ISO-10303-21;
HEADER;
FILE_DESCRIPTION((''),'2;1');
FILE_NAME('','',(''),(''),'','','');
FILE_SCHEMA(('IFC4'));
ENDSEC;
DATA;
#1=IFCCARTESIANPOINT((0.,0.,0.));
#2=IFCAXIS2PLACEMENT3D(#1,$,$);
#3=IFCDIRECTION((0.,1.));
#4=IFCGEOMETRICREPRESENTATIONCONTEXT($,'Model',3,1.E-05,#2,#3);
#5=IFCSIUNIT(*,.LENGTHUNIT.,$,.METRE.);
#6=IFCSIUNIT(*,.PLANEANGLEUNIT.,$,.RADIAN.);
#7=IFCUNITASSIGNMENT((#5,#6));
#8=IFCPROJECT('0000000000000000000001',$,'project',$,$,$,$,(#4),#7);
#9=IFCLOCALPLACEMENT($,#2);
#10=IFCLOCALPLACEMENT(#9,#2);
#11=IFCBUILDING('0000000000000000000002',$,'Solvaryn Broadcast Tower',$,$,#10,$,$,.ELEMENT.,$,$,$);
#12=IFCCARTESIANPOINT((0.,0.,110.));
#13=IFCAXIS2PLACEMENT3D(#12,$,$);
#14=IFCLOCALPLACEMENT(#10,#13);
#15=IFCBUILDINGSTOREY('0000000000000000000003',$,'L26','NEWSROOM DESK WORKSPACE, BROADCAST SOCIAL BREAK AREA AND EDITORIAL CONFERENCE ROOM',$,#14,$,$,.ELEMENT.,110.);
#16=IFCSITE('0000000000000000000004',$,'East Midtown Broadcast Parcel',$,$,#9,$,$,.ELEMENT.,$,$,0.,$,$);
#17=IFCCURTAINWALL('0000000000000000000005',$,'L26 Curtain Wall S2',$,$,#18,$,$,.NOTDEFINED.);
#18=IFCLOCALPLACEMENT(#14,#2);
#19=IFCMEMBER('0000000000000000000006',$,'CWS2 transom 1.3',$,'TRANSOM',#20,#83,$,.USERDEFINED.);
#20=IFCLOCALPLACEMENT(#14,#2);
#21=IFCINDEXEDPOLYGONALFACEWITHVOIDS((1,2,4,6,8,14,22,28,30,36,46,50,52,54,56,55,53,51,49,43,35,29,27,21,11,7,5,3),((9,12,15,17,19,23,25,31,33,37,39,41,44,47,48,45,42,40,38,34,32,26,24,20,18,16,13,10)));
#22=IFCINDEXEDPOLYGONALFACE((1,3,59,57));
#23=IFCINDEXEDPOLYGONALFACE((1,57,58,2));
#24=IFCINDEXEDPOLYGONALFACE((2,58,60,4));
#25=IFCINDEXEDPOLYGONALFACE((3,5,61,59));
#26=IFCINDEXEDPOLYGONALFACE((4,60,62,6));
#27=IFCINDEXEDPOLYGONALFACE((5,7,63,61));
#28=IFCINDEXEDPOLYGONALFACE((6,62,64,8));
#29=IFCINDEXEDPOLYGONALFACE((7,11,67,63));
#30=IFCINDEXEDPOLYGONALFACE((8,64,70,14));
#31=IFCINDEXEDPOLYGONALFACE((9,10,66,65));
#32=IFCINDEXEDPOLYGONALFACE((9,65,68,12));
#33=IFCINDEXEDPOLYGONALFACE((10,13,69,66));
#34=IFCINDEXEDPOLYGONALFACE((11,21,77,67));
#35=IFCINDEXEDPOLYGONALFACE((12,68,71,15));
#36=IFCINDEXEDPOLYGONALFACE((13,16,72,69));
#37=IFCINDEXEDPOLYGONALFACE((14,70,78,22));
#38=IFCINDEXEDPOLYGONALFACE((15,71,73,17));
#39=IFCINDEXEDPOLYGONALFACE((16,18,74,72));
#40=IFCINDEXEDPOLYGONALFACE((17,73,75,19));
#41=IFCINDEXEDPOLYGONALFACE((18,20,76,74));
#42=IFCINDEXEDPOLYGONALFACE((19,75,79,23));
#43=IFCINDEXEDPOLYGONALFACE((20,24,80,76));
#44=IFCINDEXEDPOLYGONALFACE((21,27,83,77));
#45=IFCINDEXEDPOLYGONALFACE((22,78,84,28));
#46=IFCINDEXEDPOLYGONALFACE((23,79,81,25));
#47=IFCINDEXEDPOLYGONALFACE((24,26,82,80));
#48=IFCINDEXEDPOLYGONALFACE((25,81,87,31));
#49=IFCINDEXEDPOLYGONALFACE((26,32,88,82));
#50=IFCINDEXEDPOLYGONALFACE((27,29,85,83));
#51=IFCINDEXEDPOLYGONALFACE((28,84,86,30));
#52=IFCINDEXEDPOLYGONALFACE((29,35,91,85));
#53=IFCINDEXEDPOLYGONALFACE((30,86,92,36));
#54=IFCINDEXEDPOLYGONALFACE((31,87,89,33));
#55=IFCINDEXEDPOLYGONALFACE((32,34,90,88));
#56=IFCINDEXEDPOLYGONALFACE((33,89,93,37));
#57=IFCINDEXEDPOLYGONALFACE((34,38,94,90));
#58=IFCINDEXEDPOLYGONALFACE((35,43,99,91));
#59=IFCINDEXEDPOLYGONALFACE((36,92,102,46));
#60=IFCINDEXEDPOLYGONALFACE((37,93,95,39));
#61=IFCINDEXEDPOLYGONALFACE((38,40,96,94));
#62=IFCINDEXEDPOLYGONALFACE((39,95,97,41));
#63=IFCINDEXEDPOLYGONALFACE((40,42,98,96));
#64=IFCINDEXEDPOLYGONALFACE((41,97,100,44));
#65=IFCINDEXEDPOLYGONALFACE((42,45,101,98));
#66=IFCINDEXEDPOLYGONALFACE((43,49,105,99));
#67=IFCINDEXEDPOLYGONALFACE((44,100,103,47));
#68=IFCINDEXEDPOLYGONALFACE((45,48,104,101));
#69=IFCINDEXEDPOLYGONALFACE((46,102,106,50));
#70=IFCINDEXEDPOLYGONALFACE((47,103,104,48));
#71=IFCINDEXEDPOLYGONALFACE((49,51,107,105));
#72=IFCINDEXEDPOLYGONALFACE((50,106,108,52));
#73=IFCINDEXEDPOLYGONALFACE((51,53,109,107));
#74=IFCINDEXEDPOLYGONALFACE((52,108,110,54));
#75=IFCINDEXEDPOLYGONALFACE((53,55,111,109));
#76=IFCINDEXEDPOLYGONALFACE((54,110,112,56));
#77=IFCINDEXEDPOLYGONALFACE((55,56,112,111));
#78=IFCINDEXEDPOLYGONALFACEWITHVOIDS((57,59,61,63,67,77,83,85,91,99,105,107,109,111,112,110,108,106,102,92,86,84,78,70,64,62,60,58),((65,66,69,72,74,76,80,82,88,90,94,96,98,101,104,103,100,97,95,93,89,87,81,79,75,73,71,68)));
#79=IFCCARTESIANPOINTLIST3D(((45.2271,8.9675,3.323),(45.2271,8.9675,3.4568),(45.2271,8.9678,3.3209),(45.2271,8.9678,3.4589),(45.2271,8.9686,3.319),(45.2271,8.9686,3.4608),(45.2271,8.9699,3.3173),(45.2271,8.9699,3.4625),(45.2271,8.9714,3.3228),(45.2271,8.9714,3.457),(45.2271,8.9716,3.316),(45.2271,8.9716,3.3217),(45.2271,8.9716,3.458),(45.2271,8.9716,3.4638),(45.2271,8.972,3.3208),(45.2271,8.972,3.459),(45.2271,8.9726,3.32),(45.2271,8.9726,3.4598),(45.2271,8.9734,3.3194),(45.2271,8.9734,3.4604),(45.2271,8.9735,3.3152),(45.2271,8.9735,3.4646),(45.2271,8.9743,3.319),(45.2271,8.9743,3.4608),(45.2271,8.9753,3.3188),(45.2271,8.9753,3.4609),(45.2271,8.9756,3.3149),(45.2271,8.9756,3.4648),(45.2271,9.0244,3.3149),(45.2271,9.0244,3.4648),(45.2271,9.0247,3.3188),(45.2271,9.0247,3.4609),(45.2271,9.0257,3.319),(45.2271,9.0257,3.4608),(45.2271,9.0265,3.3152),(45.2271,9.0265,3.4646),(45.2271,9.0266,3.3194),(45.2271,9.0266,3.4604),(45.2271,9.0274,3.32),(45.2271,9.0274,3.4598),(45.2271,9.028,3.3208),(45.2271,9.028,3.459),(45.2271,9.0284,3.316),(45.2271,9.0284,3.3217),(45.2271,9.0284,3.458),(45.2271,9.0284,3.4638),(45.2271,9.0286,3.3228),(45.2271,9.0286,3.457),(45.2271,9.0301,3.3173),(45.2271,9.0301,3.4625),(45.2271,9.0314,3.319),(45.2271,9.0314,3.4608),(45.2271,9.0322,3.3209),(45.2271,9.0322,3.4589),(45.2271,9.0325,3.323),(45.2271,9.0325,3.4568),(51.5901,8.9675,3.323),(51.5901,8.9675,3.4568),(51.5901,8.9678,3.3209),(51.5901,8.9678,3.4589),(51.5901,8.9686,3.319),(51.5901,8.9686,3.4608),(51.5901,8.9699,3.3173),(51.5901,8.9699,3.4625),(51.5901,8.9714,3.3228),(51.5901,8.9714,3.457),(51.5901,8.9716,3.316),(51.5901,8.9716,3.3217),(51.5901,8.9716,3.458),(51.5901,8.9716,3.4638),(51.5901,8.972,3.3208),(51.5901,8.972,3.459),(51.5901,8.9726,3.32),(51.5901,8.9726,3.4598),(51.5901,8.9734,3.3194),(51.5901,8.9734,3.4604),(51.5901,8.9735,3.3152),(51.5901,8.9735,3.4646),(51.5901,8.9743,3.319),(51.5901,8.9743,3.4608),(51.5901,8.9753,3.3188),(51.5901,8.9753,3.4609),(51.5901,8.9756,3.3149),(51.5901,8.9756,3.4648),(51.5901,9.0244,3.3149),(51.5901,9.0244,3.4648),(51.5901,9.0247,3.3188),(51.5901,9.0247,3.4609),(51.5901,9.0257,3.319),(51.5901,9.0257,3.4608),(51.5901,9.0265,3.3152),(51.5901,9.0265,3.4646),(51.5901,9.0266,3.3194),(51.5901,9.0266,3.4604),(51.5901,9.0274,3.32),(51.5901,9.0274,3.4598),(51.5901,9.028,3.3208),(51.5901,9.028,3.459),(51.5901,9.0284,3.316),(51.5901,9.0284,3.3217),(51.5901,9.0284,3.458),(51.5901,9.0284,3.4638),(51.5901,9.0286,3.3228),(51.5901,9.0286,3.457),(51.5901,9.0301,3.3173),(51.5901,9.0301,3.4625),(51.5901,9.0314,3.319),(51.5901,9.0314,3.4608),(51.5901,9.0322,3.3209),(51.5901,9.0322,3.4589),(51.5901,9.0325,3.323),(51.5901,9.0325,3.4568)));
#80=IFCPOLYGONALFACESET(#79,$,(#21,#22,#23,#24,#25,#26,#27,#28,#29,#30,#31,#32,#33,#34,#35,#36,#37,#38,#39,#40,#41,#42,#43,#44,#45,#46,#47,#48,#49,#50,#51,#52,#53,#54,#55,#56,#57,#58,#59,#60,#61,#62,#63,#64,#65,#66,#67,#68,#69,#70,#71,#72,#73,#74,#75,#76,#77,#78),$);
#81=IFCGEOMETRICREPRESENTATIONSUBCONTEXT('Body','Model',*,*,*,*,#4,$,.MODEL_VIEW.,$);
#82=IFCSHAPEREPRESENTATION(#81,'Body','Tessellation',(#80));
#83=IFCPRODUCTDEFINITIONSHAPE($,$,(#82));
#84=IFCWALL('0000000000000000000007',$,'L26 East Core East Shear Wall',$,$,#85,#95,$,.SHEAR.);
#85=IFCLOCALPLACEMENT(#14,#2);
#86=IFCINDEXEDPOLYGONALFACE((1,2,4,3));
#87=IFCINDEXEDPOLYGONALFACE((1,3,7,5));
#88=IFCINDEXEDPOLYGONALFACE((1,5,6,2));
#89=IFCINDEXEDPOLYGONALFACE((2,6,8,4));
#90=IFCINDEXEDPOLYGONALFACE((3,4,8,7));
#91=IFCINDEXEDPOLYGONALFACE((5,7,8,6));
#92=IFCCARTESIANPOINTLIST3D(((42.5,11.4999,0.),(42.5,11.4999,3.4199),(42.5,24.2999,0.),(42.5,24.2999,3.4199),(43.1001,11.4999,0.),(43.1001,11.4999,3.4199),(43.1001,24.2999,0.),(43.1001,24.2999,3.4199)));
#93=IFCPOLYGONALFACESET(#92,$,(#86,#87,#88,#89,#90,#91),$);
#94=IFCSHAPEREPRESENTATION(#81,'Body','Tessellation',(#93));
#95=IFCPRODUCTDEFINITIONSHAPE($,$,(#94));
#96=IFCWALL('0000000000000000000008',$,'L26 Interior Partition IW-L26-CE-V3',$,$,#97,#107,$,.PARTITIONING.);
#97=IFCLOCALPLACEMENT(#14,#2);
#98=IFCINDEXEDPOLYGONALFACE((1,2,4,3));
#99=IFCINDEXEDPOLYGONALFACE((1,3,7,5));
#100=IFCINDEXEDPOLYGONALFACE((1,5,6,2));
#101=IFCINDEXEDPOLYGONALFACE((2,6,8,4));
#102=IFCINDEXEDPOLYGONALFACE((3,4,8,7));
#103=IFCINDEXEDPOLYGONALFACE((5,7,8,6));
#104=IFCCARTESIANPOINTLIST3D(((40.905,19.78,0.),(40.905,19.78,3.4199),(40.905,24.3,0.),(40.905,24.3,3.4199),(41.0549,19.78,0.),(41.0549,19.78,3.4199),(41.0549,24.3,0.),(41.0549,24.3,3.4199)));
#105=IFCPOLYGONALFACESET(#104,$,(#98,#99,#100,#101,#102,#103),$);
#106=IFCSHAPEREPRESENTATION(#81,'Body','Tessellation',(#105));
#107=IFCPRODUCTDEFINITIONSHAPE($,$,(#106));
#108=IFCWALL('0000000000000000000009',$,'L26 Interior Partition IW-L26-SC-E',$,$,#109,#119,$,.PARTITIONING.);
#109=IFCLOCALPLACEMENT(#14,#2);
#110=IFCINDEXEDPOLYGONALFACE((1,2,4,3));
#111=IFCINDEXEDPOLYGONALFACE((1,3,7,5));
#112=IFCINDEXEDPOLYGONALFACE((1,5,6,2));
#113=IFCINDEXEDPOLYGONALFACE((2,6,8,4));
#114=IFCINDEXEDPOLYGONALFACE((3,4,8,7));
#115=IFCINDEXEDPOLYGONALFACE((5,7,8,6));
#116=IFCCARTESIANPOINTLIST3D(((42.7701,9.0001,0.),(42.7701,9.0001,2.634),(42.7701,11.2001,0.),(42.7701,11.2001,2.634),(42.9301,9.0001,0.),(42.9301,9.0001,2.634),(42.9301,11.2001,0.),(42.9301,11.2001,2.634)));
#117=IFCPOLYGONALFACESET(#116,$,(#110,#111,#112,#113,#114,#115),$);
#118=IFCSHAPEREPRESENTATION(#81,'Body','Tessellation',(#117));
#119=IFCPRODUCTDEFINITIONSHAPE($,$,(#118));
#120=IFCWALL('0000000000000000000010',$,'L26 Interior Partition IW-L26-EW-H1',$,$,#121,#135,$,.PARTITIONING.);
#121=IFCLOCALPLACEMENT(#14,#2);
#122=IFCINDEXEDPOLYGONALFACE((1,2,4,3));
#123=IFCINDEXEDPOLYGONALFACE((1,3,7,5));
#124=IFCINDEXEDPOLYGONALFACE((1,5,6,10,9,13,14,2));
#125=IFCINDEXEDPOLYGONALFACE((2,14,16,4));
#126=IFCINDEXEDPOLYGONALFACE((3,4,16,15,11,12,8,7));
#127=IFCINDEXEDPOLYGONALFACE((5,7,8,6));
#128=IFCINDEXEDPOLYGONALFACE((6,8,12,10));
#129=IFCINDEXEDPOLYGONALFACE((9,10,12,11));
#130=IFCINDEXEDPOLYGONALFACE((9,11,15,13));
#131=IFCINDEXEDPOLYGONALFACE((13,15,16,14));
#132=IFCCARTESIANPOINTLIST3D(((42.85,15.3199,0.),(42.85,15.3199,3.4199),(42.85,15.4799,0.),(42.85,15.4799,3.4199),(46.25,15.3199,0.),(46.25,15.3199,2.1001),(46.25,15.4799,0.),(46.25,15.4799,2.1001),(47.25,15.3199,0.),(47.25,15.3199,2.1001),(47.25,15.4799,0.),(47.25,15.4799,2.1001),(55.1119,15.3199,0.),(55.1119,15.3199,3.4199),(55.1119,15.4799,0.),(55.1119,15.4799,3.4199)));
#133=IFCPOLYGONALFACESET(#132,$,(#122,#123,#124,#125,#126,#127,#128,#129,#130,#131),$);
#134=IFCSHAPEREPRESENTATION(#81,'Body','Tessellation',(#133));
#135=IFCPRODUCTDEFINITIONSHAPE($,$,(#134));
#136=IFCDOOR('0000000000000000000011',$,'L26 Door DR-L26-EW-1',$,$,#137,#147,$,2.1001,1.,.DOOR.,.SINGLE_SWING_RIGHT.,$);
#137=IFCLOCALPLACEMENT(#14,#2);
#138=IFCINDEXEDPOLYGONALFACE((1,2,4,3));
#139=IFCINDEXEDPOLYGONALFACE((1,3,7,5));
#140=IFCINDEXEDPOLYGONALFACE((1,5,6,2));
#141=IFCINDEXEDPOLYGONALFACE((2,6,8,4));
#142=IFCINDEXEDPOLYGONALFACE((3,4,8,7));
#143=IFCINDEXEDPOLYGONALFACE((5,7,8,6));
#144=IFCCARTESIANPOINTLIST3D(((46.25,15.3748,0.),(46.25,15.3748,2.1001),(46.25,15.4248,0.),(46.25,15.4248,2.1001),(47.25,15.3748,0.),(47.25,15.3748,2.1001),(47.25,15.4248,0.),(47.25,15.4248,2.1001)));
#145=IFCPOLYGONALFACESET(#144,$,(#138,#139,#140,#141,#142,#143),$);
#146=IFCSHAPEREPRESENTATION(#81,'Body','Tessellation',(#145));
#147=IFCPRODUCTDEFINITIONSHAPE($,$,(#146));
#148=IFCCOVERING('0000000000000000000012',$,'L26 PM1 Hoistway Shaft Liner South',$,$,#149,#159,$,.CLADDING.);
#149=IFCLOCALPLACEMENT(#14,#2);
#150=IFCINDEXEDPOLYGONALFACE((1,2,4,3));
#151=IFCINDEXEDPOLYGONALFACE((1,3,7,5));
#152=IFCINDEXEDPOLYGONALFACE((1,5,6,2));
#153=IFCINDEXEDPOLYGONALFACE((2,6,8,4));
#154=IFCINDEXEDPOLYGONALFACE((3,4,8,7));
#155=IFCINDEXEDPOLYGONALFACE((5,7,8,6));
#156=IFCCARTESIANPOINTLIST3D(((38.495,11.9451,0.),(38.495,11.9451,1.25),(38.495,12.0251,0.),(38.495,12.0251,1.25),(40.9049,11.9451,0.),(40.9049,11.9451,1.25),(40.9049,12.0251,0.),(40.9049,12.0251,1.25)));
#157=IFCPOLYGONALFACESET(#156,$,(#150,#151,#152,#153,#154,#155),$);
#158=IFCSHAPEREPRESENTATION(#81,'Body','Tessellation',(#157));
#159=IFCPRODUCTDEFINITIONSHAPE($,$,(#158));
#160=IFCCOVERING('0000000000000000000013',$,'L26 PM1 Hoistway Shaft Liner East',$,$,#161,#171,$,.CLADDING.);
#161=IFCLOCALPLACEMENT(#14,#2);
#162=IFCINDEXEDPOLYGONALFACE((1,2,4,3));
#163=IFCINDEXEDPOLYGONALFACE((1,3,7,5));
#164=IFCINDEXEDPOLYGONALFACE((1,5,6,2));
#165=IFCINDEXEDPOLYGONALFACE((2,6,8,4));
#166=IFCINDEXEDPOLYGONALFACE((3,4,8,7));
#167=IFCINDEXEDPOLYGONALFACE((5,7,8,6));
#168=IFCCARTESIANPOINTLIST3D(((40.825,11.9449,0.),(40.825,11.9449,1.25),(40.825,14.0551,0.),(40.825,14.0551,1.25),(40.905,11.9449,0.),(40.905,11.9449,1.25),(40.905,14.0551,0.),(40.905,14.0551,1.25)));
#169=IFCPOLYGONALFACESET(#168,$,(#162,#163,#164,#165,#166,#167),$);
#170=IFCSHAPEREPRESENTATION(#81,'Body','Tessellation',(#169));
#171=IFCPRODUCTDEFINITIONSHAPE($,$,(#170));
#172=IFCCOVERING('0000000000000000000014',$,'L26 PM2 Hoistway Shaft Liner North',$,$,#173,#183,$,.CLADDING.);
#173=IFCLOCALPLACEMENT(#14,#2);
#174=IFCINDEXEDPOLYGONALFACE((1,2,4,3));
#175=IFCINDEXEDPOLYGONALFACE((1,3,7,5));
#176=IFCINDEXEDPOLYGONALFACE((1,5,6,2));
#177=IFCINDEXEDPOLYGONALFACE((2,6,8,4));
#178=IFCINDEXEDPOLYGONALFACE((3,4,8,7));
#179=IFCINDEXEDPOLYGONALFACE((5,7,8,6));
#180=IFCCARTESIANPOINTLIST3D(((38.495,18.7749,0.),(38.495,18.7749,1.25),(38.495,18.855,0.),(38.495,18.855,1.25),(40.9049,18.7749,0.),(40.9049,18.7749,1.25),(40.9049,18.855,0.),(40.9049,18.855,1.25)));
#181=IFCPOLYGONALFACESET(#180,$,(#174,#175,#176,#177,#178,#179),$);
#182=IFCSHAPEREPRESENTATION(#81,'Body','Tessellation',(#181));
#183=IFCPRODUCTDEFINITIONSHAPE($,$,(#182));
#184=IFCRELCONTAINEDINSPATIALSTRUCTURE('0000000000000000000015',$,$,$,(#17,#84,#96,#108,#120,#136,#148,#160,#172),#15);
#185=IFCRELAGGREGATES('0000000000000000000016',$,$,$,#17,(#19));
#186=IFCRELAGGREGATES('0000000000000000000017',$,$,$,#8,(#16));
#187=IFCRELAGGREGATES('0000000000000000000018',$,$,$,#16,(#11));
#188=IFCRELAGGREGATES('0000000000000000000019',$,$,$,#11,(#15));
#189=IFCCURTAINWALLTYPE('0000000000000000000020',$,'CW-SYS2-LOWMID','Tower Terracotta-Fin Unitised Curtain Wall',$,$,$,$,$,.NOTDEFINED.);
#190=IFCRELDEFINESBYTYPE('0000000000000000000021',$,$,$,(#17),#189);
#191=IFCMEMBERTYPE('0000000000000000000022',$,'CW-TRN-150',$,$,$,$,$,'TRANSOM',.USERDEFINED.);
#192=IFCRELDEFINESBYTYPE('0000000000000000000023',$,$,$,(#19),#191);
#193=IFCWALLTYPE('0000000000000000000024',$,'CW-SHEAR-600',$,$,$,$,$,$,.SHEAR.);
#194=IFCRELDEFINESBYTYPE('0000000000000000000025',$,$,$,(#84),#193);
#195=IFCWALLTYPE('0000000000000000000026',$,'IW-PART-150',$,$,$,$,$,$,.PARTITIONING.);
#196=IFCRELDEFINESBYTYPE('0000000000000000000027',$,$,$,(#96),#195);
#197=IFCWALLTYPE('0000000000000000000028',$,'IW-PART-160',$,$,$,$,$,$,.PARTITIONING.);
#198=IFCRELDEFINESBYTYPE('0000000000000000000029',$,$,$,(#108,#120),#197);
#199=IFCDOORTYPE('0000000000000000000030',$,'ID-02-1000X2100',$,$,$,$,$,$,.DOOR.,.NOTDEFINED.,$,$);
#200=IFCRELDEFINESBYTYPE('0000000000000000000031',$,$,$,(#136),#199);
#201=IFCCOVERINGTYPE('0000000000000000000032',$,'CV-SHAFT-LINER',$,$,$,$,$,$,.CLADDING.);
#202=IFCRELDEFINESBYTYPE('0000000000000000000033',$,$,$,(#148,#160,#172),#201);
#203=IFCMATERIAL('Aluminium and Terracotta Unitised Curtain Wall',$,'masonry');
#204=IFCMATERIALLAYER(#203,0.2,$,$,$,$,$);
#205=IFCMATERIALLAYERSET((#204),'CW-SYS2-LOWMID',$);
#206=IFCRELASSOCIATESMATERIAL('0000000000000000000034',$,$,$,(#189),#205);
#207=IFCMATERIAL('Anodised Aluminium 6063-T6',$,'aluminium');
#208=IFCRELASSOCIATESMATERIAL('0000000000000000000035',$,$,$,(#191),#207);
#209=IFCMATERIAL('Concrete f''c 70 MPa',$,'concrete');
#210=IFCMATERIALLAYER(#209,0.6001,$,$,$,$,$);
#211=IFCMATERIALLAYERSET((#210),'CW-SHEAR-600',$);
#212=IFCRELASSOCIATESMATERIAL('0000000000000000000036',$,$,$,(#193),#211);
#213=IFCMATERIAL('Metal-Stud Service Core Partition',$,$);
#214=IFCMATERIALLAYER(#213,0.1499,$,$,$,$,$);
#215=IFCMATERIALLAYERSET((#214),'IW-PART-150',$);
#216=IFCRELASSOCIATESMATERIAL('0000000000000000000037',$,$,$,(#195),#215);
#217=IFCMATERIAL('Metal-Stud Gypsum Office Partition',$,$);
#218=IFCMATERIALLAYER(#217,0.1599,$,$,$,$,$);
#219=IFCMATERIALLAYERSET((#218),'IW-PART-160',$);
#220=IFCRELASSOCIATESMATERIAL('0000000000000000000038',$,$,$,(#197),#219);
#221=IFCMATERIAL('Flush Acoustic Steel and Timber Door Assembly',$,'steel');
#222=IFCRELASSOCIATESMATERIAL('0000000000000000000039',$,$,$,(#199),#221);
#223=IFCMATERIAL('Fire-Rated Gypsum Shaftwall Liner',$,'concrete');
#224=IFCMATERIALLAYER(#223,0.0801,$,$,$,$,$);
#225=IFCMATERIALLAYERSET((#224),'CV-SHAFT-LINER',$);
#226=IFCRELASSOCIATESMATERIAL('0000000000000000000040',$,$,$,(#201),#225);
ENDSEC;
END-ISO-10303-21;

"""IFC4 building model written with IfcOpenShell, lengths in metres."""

from ifc_helpers import new_model, si_unit, direction, frame, frame_2d, origin, origin_2d, place, context, subcontext, project, spatial, rectangle, hollow_rectangle, extrude, material, layer, layer_set, material_profile, profile_set, type_object, element, fill, aggregate, save


model = new_model("IFC4")

# Units and contexts
model_context = context("Model", 3, precision=1e-05, world=origin(), true_north=direction((0.0, 1.0)))
body_context = subcontext(model_context, "Body", "Model", "MODEL_VIEW")
ifc_project = project(units=[si_unit("LENGTHUNIT", "METRE"), si_unit("PLANEANGLEUNIT", "RADIAN")], contexts=[model_context])

# Site, building, storey
site_placement = place(None, origin())
site = spatial("IfcSite", under=ifc_project, at=site_placement, Name="East Midtown Broadcast Parcel", CompositionType="ELEMENT", RefElevation=0.0)
building_placement = place(site_placement, origin())
building = spatial("IfcBuilding", under=site, at=building_placement, Name="Solvaryn Broadcast Tower", CompositionType="ELEMENT")
storey_placement = place(building_placement, frame((0.0, 0.0, 110.0)))
storey = spatial("IfcBuildingStorey", under=building, at=storey_placement, Name="L26", Description="NEWSROOM DESK WORKSPACE, BROADCAST SOCIAL BREAK AREA AND EDITORIAL CONFERENCE ROOM", CompositionType="ELEMENT", Elevation=110.0)

# Shared definitions
ifc_material_1 = material(Name="Aluminium and Terracotta Unitised Curtain Wall", Category="masonry")
ifc_layer_1 = layer(ifc_material_1, 0.2)
ifc_layer_set_1 = layer_set([ifc_layer_1], Name="CW-SYS2-LOWMID")
curtain_wall_type = type_object("IfcCurtainWallType", Name="CW-SYS2-LOWMID", Description="Tower Terracotta-Fin Unitised Curtain Wall", PredefinedType="NOTDEFINED", material=ifc_layer_set_1)

# Curtain wall, member
curtain_wall_1_placement = place(storey_placement, origin())
curtain_wall_1 = element("IfcCurtainWall", 1, at=curtain_wall_1_placement, inside=storey, type_object=curtain_wall_type, Name="L26 Curtain Wall S2", PredefinedType="NOTDEFINED")
ifc_material_2 = material(Name="Anodised Aluminium 6063-T6", Category="aluminium")
ifc_material_profile_1 = material_profile(ifc_material_2, hollow_rectangle(XDim=0.0649, YDim=0.1499, WallThickness=0.0039, InnerFilletRadius=0.0039, OuterFilletRadius=0.0081, at=origin_2d()))
ifc_profile_set_1 = profile_set([ifc_material_profile_1], Name="Anodised Aluminium 6063-T6")
member_type_1 = type_object("IfcMemberType", Name="CW-TRN-150", ElementType="TRANSOM", PredefinedType="USERDEFINED", material=ifc_profile_set_1)
member_1_placement = place(storey_placement, frame((45.2271, 9.0, 3.3899), z_axis=(1.0, 0.0, 0.0), x_axis=(0.0, 1.0, 0.0)))
member_1 = element("IfcMember", 2, at=member_1_placement, type_object=member_type_1, Name="CWS2 transom 1.3", ObjectType="TRANSOM", PredefinedType="USERDEFINED", context=body_context, shape_type="SweptSolid", body=[
    extrude(hollow_rectangle(XDim=0.0649, YDim=0.1499, WallThickness=0.0039, InnerFilletRadius=0.0039, OuterFilletRadius=0.0081, at=origin_2d()), origin(), (0.0, 0.0, 1.0), 6.363),
])
aggregate(curtain_wall_1, [member_1])

# Walls
ifc_material_3 = material(Name="Concrete f'c 70 MPa", Category="concrete")
ifc_layer_2 = layer(ifc_material_3, 0.6001)
ifc_layer_set_2 = layer_set([ifc_layer_2], Name="CW-SHEAR-600")
wall_type_1 = type_object("IfcWallType", Name="CW-SHEAR-600", PredefinedType="SHEAR", material=ifc_layer_set_2)
wall_1_placement = place(storey_placement, frame((42.8, 11.5, 0.0), z_axis=(0.0, 0.0, 1.0), x_axis=(0.0, 1.0, 0.0)))
element("IfcWall", 3, at=wall_1_placement, inside=storey, type_object=wall_type_1, Name="L26 East Core East Shear Wall", PredefinedType="SHEAR", context=body_context, shape_type="SweptSolid", body=[
    extrude(rectangle(XDim=12.8, YDim=0.6001, at=frame_2d((6.3999, 0.0))), origin(), (0.0, 0.0, 1.0), 3.4199),
])
ifc_material_4 = material(Name="Metal-Stud Service Core Partition")
ifc_layer_3 = layer(ifc_material_4, 0.1499)
ifc_layer_set_3 = layer_set([ifc_layer_3], Name="IW-PART-150")
wall_type_2 = type_object("IfcWallType", Name="IW-PART-150", PredefinedType="PARTITIONING", material=ifc_layer_set_3)
wall_2_placement = place(storey_placement, frame((40.98, 19.78, 0.0), z_axis=(0.0, 0.0, 1.0), x_axis=(0.0, 1.0, 0.0)))
element("IfcWall", 4, at=wall_2_placement, inside=storey, type_object=wall_type_2, Name="L26 Interior Partition IW-L26-CE-V3", PredefinedType="PARTITIONING", context=body_context, shape_type="SweptSolid", body=[
    extrude(rectangle(XDim=4.52, YDim=0.1499, at=frame_2d((2.26, 0.0))), origin(), (0.0, 0.0, 1.0), 3.4199),
])
ifc_material_5 = material(Name="Metal-Stud Gypsum Office Partition")
ifc_layer_4 = layer(ifc_material_5, 0.1599)
ifc_layer_set_4 = layer_set([ifc_layer_4], Name="IW-PART-160")
wall_type_3 = type_object("IfcWallType", Name="IW-PART-160", PredefinedType="PARTITIONING", material=ifc_layer_set_4)
wall_3_placement = place(storey_placement, frame((42.8501, 9.0, 0.0), z_axis=(0.0, 0.0, 1.0), x_axis=(0.0, 1.0, 0.0)))
element("IfcWall", 5, at=wall_3_placement, inside=storey, type_object=wall_type_3, Name="L26 Interior Partition IW-L26-SC-E", PredefinedType="PARTITIONING", context=body_context, shape_type="SweptSolid", body=[
    extrude(rectangle(XDim=2.2, YDim=0.1599, at=frame_2d((1.1001, 0.0))), origin(), (0.0, 0.0, 1.0), 2.634),
])

# Wall, opening, door
wall_4_placement = place(storey_placement, frame((42.8501, 15.3999, 0.0), z_axis=(0.0, 0.0, 1.0), x_axis=(1.0, 0.0, 0.0)))
wall_4 = element("IfcWall", 6, at=wall_4_placement, inside=storey, type_object=wall_type_3, Name="L26 Interior Partition IW-L26-EW-H1", PredefinedType="PARTITIONING", context=body_context, shape_type="SweptSolid", body=[
    extrude(rectangle(XDim=12.262, YDim=0.1599, at=frame_2d((6.1309, 0.0))), origin(), (0.0, 0.0, 1.0), 3.4199),
])
opening_1_placement = place(wall_4_placement, frame((3.3999, 0.0, 0.0)))
opening_1 = element("IfcOpeningElement", 7, at=opening_1_placement, cuts=wall_4, PredefinedType="OPENING", context=body_context, shape_type="SweptSolid", body=[
    extrude(rectangle(XDim=1.0, YDim=2.1001, at=frame_2d((0.5, 1.05))), frame((0.0, 0.0901, 0.0), z_axis=(0.0, -1.0, 0.0), x_axis=(1.0, 0.0, 0.0)), (0.0, 0.0, 1.0), 0.1799),
])
ifc_material_6 = material(Name="Flush Acoustic Steel and Timber Door Assembly", Category="steel")
door_type_1 = type_object("IfcDoorType", Name="ID-02-1000X2100", OperationType="NOTDEFINED", PredefinedType="DOOR", material=ifc_material_6)
door_1_placement = place(opening_1_placement, origin())
door_1 = element("IfcDoor", 8, at=door_1_placement, inside=storey, type_object=door_type_1, Name="L26 Door DR-L26-EW-1", OperationType="SINGLE_SWING_RIGHT", OverallHeight=2.1001, OverallWidth=1.0, PredefinedType="DOOR", context=body_context, shape_type="SweptSolid", body=[
    extrude(rectangle(XDim=1.0, YDim=2.1001, at=frame_2d((0.5, 1.05))), frame((0.0, 0.0249, 0.0), z_axis=(0.0, -1.0, 0.0), x_axis=(1.0, 0.0, 0.0)), (0.0, 0.0, 1.0), 0.05),
])
fill(opening_1, door_1)

# Coverings
ifc_material_7 = material(Name="Fire-Rated Gypsum Shaftwall Liner", Category="concrete")
ifc_layer_5 = layer(ifc_material_7, 0.0801)
ifc_layer_set_5 = layer_set([ifc_layer_5], Name="CV-SHAFT-LINER")
covering_type_1 = type_object("IfcCoveringType", Name="CV-SHAFT-LINER", PredefinedType="CLADDING", material=ifc_layer_set_5)
covering_1_placement = place(storey_placement, frame((39.7, 11.9851, 0.0), z_axis=(0.0, 0.0, 1.0), x_axis=(1.0, 0.0, 0.0)))
element("IfcCovering", 9, at=covering_1_placement, inside=storey, type_object=covering_type_1, Name="L26 PM1 Hoistway Shaft Liner South", PredefinedType="CLADDING", context=body_context, shape_type="SweptSolid", body=[
    extrude(rectangle(XDim=2.4099, YDim=0.0801, at=origin_2d()), origin(), (0.0, 0.0, 1.0), 1.25),
])
covering_2_placement = place(storey_placement, frame((40.865, 13.0, 0.0), z_axis=(0.0, 0.0, 1.0), x_axis=(1.0, 0.0, 0.0)))
element("IfcCovering", 10, at=covering_2_placement, inside=storey, type_object=covering_type_1, Name="L26 PM1 Hoistway Shaft Liner East", PredefinedType="CLADDING", context=body_context, shape_type="SweptSolid", body=[
    extrude(rectangle(XDim=0.0801, YDim=2.1101, at=origin_2d()), origin(), (0.0, 0.0, 1.0), 1.25),
])
covering_3_placement = place(storey_placement, frame((39.7, 18.8149, 0.0), z_axis=(0.0, 0.0, 1.0), x_axis=(1.0, 0.0, 0.0)))
element("IfcCovering", 11, at=covering_3_placement, inside=storey, type_object=covering_type_1, Name="L26 PM2 Hoistway Shaft Liner North", PredefinedType="CLADDING", context=body_context, shape_type="SweptSolid", body=[
    extrude(rectangle(XDim=2.4099, YDim=0.0801, at=origin_2d()), origin(), (0.0, 0.0, 1.0), 1.25),
])

save(model, "model.ifc")
